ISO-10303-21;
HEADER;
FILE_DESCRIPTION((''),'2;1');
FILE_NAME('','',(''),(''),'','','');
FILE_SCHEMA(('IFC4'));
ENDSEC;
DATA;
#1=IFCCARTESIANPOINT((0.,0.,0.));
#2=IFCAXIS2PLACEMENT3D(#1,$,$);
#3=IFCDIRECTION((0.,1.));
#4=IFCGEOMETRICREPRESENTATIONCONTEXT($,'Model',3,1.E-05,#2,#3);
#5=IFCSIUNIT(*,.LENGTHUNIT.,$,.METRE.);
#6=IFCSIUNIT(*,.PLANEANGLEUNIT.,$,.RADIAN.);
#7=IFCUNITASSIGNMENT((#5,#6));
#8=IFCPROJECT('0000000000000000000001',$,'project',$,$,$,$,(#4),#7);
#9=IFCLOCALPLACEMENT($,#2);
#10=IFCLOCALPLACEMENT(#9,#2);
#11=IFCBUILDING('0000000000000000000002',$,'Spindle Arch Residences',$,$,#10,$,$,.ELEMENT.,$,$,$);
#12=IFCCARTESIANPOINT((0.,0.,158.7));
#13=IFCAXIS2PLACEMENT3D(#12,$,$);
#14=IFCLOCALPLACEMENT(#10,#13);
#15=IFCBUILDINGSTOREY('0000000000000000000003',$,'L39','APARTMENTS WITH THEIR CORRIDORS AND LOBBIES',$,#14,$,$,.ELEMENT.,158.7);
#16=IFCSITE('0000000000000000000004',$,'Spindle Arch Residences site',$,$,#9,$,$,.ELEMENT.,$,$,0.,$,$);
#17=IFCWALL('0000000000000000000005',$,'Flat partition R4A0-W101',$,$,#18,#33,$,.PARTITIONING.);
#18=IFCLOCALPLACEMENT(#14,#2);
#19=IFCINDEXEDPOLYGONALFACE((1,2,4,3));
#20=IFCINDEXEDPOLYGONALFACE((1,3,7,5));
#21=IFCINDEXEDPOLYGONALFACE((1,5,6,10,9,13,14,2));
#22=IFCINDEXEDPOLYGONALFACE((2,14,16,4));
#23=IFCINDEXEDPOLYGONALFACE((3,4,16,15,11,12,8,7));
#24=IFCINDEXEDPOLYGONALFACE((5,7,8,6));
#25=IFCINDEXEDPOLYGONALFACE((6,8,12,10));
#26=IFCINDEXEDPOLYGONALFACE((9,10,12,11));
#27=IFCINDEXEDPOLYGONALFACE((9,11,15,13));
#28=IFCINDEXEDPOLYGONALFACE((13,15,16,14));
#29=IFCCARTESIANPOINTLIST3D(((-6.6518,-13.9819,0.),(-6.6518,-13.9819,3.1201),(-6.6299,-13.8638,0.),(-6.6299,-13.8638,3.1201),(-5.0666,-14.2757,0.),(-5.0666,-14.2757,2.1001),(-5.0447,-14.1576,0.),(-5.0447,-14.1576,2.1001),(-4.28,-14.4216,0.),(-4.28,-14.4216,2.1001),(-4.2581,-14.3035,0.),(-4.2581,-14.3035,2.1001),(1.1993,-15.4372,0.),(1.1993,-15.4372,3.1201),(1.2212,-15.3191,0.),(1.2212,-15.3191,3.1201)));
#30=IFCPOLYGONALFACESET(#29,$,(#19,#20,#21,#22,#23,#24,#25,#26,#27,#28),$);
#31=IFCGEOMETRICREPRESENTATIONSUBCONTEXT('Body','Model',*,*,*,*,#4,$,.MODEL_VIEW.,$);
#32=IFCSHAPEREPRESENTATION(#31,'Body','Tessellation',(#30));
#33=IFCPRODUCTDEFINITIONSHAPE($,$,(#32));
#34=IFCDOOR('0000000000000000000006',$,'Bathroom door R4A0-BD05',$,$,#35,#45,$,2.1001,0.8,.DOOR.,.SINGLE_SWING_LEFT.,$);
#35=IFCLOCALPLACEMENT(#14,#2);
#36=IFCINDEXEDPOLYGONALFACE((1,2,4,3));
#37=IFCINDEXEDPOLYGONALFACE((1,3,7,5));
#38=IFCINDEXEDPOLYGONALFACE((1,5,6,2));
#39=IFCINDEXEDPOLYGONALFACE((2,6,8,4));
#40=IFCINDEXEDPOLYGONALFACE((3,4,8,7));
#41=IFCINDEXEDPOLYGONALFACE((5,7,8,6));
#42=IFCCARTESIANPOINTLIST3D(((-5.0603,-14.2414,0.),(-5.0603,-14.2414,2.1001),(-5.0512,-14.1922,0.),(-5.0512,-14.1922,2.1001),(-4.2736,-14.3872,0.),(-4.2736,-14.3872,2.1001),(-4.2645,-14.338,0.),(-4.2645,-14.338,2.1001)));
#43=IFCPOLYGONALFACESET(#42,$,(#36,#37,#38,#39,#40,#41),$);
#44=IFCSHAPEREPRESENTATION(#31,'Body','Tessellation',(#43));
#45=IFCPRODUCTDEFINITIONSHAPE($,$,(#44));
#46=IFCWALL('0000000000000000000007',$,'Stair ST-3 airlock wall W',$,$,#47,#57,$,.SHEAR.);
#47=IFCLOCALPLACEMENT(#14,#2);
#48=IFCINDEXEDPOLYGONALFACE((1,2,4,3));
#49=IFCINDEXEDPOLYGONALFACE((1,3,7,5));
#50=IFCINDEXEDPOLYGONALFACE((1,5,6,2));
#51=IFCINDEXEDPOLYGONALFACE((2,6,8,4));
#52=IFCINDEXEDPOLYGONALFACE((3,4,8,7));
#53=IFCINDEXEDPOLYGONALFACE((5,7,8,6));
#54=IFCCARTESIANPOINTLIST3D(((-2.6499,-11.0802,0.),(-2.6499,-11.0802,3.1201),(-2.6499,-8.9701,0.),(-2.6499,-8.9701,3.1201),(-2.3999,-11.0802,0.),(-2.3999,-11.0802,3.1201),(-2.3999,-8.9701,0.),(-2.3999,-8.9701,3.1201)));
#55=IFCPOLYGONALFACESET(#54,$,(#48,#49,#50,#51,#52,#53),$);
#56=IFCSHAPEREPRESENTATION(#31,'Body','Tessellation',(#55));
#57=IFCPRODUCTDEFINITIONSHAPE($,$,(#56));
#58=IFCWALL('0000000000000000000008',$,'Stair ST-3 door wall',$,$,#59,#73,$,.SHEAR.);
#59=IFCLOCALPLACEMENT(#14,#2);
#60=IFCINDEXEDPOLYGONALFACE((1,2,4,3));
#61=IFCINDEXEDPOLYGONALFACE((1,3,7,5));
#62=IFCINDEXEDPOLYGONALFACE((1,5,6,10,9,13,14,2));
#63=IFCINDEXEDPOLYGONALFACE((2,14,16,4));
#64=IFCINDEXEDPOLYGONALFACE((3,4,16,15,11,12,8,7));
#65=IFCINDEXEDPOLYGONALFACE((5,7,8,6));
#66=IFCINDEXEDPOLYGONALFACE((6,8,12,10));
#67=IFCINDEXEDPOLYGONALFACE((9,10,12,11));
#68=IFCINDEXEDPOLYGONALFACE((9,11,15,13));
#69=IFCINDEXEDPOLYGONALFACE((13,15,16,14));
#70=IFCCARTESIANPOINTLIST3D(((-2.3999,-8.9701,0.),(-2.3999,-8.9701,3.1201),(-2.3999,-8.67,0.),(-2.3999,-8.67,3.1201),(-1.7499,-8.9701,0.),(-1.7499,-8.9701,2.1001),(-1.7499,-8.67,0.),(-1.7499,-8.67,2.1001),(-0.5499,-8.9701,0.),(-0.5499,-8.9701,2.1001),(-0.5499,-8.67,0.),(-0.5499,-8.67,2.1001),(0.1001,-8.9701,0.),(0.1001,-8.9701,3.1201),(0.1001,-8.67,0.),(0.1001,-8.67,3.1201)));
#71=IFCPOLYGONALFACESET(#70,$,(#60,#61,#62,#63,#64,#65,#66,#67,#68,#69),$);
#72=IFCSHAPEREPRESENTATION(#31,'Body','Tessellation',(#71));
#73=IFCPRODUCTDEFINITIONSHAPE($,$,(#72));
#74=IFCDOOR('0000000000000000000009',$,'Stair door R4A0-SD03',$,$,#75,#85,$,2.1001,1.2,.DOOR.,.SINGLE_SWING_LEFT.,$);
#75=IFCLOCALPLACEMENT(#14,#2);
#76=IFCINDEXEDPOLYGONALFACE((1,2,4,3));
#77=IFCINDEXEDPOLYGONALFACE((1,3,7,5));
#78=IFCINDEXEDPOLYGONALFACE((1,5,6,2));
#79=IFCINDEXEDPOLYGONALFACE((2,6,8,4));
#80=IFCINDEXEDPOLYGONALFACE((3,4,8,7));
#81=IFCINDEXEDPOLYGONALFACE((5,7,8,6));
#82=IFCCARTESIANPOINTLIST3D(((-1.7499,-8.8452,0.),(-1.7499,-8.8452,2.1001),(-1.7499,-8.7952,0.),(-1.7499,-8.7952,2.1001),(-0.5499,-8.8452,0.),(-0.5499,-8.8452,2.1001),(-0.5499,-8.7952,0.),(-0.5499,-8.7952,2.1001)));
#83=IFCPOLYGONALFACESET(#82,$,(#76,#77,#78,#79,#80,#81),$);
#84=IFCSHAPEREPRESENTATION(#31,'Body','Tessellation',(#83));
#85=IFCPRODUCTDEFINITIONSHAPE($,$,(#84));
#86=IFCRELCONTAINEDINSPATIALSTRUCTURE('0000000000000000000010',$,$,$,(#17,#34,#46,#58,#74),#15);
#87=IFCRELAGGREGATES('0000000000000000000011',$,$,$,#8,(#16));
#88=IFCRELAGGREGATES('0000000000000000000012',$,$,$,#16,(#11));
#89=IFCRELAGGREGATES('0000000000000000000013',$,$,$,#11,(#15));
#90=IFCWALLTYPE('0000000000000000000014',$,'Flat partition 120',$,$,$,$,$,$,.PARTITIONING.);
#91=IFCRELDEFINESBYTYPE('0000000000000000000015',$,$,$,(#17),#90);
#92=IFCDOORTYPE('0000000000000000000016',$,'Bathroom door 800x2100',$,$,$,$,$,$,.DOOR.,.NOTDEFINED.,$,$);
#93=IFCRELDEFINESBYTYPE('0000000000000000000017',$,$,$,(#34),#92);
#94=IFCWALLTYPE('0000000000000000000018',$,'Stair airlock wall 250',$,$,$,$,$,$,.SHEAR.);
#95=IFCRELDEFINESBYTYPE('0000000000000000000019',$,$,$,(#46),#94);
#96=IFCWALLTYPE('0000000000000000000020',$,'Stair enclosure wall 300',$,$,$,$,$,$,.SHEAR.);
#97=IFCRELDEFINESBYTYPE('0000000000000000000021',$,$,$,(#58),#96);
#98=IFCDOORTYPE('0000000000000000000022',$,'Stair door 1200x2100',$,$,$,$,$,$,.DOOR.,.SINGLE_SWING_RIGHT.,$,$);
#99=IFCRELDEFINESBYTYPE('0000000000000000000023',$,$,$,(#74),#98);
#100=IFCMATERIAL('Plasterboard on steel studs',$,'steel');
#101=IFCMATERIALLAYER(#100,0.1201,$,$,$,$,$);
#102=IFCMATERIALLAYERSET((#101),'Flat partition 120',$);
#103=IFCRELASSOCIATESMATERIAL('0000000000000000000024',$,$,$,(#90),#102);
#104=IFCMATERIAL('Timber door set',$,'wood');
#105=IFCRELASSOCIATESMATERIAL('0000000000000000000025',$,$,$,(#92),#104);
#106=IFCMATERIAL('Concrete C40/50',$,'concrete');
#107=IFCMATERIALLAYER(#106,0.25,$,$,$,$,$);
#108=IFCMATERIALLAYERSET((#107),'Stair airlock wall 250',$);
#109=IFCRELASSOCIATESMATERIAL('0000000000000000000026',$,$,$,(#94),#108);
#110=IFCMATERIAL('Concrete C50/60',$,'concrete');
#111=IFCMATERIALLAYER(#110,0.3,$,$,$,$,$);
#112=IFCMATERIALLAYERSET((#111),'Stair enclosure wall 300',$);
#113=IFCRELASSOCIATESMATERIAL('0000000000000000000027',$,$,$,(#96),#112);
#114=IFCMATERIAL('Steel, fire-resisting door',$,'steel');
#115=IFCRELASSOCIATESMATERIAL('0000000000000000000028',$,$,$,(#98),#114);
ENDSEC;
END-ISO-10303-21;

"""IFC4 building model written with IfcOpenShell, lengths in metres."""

from ifc_helpers import new_model, si_unit, direction, frame, frame_2d, origin, place, context, subcontext, project, spatial, rectangle, extrude, material, layer, layer_set, type_object, element, fill, save


model = new_model("IFC4")

# Units and contexts
model_context = context("Model", 3, precision=1e-05, world=origin(), true_north=direction((0.0, 1.0)))
body_context = subcontext(model_context, "Body", "Model", "MODEL_VIEW")
ifc_project = project(units=[si_unit("LENGTHUNIT", "METRE"), si_unit("PLANEANGLEUNIT", "RADIAN")], contexts=[model_context])

# Site, building, storey
site_placement = place(None, origin())
site = spatial("IfcSite", under=ifc_project, at=site_placement, Name="Spindle Arch Residences site", CompositionType="ELEMENT", RefElevation=0.0)
building_placement = place(site_placement, origin())
building = spatial("IfcBuilding", under=site, at=building_placement, Name="Spindle Arch Residences", CompositionType="ELEMENT")
storey_placement = place(building_placement, frame((0.0, 0.0, 158.7)))
storey = spatial("IfcBuildingStorey", under=building, at=storey_placement, Name="L39", Description="APARTMENTS WITH THEIR CORRIDORS AND LOBBIES", CompositionType="ELEMENT", Elevation=158.7)

# Shared definitions
ifc_material_1 = material(Name="Plasterboard on steel studs", Category="steel")
ifc_layer_1 = layer(ifc_material_1, 0.1201)
ifc_layer_set_1 = layer_set([ifc_layer_1], Name="Flat partition 120")
wall_type_1 = type_object("IfcWallType", Name="Flat partition 120", PredefinedType="PARTITIONING", material=ifc_layer_set_1)
ifc_material_2 = material(Name="Timber door set", Category="wood")
door_type_1 = type_object("IfcDoorType", Name="Bathroom door 800x2100", OperationType="NOTDEFINED", PredefinedType="DOOR", material=ifc_material_2)

# Wall, opening, door
wall_1_placement = place(storey_placement, frame((-6.6409, -13.9229, 0.0), z_axis=(0.0, 0.0, 1.0), x_axis=(0.98325, -0.182261, 0.0)))
wall_1 = element("IfcWall", 1, at=wall_1_placement, inside=storey, type_object=wall_type_1, Name="Flat partition R4A0-W101", PredefinedType="PARTITIONING", context=body_context, shape_type="SweptSolid", body=[
    extrude(rectangle(XDim=7.9849, YDim=0.1201, at=frame_2d((3.9924, 0.0))), origin(), (0.0, 0.0, 1.0), 3.1201),
])
opening_1_placement = place(wall_1_placement, frame((1.6123, 0.0, 0.0)))
opening_1 = element("IfcOpeningElement", 2, at=opening_1_placement, cuts=wall_1, PredefinedType="OPENING", context=body_context, shape_type="SweptSolid", body=[
    extrude(rectangle(XDim=0.8, YDim=2.1001, at=frame_2d((0.3999, 1.05))), frame((0.0, 0.0701, 0.0), z_axis=(0.0, -1.0, 0.0), x_axis=(1.0, 0.0, 0.0)), (0.0, 0.0, 1.0), 0.1401),
])
door_1_placement = place(opening_1_placement, origin())
door_1 = element("IfcDoor", 3, at=door_1_placement, inside=storey, type_object=door_type_1, Name="Bathroom door R4A0-BD05", OperationType="SINGLE_SWING_LEFT", OverallHeight=2.1001, OverallWidth=0.8, PredefinedType="DOOR", context=body_context, shape_type="SweptSolid", body=[
    extrude(rectangle(XDim=0.8, YDim=2.1001, at=frame_2d((0.3999, 1.05))), frame((0.0, 0.0249, 0.0), z_axis=(0.0, -1.0, 0.0), x_axis=(1.0, 0.0, 0.0)), (0.0, 0.0, 1.0), 0.05),
])
fill(opening_1, door_1)

# Wall
ifc_material_3 = material(Name="Concrete C40/50", Category="concrete")
ifc_layer_2 = layer(ifc_material_3, 0.25)
ifc_layer_set_2 = layer_set([ifc_layer_2], Name="Stair airlock wall 250")
wall_type_2 = type_object("IfcWallType", Name="Stair airlock wall 250", PredefinedType="SHEAR", material=ifc_layer_set_2)
wall_2_placement = place(storey_placement, frame((-2.5249, -8.97, 0.0), z_axis=(0.0, 0.0, 1.0), x_axis=(0.0, -1.0, 0.0)))
element("IfcWall", 4, at=wall_2_placement, inside=storey, type_object=wall_type_2, Name="Stair ST-3 airlock wall W", PredefinedType="SHEAR", context=body_context, shape_type="SweptSolid", body=[
    extrude(rectangle(XDim=2.1101, YDim=0.25, at=frame_2d((1.0552, 0.0))), origin(), (0.0, 0.0, 1.0), 3.1201),
])

# Wall, opening, door
ifc_material_4 = material(Name="Concrete C50/60", Category="concrete")
ifc_layer_3 = layer(ifc_material_4, 0.3)
ifc_layer_set_3 = layer_set([ifc_layer_3], Name="Stair enclosure wall 300")
wall_type_3 = type_object("IfcWallType", Name="Stair enclosure wall 300", PredefinedType="SHEAR", material=ifc_layer_set_3)
wall_3_placement = place(storey_placement, frame((-2.3999, -8.8201, 0.0), z_axis=(0.0, 0.0, 1.0), x_axis=(1.0, 0.0, 0.0)))
wall_3 = element("IfcWall", 5, at=wall_3_placement, inside=storey, type_object=wall_type_3, Name="Stair ST-3 door wall", PredefinedType="SHEAR", context=body_context, shape_type="SweptSolid", body=[
    extrude(rectangle(XDim=2.5, YDim=0.3, at=frame_2d((1.25, 0.0))), origin(), (0.0, 0.0, 1.0), 3.1201),
])
opening_2_placement = place(wall_3_placement, frame((0.6499, 0.0, 0.0)))
opening_2 = element("IfcOpeningElement", 6, at=opening_2_placement, cuts=wall_3, PredefinedType="OPENING", context=body_context, shape_type="SweptSolid", body=[
    extrude(rectangle(XDim=1.2, YDim=2.1001, at=frame_2d((0.6001, 1.05))), frame((0.0, 0.1602, 0.0), z_axis=(0.0, -1.0, 0.0), x_axis=(1.0, 0.0, 0.0)), (0.0, 0.0, 1.0), 0.3201),
])
ifc_material_5 = material(Name="Steel, fire-resisting door", Category="steel")
door_type_2 = type_object("IfcDoorType", Name="Stair door 1200x2100", OperationType="SINGLE_SWING_RIGHT", PredefinedType="DOOR", material=ifc_material_5)
door_2_placement = place(opening_2_placement, origin())
door_2 = element("IfcDoor", 7, at=door_2_placement, inside=storey, type_object=door_type_2, Name="Stair door R4A0-SD03", OperationType="SINGLE_SWING_LEFT", OverallHeight=2.1001, OverallWidth=1.2, PredefinedType="DOOR", context=body_context, shape_type="SweptSolid", body=[
    extrude(rectangle(XDim=1.2, YDim=2.1001, at=frame_2d((0.6001, 1.05))), frame((0.0, 0.0249, 0.0), z_axis=(0.0, -1.0, 0.0), x_axis=(1.0, 0.0, 0.0)), (0.0, 0.0, 1.0), 0.05),
])
fill(opening_2, door_2)

save(model, "model.ifc")
